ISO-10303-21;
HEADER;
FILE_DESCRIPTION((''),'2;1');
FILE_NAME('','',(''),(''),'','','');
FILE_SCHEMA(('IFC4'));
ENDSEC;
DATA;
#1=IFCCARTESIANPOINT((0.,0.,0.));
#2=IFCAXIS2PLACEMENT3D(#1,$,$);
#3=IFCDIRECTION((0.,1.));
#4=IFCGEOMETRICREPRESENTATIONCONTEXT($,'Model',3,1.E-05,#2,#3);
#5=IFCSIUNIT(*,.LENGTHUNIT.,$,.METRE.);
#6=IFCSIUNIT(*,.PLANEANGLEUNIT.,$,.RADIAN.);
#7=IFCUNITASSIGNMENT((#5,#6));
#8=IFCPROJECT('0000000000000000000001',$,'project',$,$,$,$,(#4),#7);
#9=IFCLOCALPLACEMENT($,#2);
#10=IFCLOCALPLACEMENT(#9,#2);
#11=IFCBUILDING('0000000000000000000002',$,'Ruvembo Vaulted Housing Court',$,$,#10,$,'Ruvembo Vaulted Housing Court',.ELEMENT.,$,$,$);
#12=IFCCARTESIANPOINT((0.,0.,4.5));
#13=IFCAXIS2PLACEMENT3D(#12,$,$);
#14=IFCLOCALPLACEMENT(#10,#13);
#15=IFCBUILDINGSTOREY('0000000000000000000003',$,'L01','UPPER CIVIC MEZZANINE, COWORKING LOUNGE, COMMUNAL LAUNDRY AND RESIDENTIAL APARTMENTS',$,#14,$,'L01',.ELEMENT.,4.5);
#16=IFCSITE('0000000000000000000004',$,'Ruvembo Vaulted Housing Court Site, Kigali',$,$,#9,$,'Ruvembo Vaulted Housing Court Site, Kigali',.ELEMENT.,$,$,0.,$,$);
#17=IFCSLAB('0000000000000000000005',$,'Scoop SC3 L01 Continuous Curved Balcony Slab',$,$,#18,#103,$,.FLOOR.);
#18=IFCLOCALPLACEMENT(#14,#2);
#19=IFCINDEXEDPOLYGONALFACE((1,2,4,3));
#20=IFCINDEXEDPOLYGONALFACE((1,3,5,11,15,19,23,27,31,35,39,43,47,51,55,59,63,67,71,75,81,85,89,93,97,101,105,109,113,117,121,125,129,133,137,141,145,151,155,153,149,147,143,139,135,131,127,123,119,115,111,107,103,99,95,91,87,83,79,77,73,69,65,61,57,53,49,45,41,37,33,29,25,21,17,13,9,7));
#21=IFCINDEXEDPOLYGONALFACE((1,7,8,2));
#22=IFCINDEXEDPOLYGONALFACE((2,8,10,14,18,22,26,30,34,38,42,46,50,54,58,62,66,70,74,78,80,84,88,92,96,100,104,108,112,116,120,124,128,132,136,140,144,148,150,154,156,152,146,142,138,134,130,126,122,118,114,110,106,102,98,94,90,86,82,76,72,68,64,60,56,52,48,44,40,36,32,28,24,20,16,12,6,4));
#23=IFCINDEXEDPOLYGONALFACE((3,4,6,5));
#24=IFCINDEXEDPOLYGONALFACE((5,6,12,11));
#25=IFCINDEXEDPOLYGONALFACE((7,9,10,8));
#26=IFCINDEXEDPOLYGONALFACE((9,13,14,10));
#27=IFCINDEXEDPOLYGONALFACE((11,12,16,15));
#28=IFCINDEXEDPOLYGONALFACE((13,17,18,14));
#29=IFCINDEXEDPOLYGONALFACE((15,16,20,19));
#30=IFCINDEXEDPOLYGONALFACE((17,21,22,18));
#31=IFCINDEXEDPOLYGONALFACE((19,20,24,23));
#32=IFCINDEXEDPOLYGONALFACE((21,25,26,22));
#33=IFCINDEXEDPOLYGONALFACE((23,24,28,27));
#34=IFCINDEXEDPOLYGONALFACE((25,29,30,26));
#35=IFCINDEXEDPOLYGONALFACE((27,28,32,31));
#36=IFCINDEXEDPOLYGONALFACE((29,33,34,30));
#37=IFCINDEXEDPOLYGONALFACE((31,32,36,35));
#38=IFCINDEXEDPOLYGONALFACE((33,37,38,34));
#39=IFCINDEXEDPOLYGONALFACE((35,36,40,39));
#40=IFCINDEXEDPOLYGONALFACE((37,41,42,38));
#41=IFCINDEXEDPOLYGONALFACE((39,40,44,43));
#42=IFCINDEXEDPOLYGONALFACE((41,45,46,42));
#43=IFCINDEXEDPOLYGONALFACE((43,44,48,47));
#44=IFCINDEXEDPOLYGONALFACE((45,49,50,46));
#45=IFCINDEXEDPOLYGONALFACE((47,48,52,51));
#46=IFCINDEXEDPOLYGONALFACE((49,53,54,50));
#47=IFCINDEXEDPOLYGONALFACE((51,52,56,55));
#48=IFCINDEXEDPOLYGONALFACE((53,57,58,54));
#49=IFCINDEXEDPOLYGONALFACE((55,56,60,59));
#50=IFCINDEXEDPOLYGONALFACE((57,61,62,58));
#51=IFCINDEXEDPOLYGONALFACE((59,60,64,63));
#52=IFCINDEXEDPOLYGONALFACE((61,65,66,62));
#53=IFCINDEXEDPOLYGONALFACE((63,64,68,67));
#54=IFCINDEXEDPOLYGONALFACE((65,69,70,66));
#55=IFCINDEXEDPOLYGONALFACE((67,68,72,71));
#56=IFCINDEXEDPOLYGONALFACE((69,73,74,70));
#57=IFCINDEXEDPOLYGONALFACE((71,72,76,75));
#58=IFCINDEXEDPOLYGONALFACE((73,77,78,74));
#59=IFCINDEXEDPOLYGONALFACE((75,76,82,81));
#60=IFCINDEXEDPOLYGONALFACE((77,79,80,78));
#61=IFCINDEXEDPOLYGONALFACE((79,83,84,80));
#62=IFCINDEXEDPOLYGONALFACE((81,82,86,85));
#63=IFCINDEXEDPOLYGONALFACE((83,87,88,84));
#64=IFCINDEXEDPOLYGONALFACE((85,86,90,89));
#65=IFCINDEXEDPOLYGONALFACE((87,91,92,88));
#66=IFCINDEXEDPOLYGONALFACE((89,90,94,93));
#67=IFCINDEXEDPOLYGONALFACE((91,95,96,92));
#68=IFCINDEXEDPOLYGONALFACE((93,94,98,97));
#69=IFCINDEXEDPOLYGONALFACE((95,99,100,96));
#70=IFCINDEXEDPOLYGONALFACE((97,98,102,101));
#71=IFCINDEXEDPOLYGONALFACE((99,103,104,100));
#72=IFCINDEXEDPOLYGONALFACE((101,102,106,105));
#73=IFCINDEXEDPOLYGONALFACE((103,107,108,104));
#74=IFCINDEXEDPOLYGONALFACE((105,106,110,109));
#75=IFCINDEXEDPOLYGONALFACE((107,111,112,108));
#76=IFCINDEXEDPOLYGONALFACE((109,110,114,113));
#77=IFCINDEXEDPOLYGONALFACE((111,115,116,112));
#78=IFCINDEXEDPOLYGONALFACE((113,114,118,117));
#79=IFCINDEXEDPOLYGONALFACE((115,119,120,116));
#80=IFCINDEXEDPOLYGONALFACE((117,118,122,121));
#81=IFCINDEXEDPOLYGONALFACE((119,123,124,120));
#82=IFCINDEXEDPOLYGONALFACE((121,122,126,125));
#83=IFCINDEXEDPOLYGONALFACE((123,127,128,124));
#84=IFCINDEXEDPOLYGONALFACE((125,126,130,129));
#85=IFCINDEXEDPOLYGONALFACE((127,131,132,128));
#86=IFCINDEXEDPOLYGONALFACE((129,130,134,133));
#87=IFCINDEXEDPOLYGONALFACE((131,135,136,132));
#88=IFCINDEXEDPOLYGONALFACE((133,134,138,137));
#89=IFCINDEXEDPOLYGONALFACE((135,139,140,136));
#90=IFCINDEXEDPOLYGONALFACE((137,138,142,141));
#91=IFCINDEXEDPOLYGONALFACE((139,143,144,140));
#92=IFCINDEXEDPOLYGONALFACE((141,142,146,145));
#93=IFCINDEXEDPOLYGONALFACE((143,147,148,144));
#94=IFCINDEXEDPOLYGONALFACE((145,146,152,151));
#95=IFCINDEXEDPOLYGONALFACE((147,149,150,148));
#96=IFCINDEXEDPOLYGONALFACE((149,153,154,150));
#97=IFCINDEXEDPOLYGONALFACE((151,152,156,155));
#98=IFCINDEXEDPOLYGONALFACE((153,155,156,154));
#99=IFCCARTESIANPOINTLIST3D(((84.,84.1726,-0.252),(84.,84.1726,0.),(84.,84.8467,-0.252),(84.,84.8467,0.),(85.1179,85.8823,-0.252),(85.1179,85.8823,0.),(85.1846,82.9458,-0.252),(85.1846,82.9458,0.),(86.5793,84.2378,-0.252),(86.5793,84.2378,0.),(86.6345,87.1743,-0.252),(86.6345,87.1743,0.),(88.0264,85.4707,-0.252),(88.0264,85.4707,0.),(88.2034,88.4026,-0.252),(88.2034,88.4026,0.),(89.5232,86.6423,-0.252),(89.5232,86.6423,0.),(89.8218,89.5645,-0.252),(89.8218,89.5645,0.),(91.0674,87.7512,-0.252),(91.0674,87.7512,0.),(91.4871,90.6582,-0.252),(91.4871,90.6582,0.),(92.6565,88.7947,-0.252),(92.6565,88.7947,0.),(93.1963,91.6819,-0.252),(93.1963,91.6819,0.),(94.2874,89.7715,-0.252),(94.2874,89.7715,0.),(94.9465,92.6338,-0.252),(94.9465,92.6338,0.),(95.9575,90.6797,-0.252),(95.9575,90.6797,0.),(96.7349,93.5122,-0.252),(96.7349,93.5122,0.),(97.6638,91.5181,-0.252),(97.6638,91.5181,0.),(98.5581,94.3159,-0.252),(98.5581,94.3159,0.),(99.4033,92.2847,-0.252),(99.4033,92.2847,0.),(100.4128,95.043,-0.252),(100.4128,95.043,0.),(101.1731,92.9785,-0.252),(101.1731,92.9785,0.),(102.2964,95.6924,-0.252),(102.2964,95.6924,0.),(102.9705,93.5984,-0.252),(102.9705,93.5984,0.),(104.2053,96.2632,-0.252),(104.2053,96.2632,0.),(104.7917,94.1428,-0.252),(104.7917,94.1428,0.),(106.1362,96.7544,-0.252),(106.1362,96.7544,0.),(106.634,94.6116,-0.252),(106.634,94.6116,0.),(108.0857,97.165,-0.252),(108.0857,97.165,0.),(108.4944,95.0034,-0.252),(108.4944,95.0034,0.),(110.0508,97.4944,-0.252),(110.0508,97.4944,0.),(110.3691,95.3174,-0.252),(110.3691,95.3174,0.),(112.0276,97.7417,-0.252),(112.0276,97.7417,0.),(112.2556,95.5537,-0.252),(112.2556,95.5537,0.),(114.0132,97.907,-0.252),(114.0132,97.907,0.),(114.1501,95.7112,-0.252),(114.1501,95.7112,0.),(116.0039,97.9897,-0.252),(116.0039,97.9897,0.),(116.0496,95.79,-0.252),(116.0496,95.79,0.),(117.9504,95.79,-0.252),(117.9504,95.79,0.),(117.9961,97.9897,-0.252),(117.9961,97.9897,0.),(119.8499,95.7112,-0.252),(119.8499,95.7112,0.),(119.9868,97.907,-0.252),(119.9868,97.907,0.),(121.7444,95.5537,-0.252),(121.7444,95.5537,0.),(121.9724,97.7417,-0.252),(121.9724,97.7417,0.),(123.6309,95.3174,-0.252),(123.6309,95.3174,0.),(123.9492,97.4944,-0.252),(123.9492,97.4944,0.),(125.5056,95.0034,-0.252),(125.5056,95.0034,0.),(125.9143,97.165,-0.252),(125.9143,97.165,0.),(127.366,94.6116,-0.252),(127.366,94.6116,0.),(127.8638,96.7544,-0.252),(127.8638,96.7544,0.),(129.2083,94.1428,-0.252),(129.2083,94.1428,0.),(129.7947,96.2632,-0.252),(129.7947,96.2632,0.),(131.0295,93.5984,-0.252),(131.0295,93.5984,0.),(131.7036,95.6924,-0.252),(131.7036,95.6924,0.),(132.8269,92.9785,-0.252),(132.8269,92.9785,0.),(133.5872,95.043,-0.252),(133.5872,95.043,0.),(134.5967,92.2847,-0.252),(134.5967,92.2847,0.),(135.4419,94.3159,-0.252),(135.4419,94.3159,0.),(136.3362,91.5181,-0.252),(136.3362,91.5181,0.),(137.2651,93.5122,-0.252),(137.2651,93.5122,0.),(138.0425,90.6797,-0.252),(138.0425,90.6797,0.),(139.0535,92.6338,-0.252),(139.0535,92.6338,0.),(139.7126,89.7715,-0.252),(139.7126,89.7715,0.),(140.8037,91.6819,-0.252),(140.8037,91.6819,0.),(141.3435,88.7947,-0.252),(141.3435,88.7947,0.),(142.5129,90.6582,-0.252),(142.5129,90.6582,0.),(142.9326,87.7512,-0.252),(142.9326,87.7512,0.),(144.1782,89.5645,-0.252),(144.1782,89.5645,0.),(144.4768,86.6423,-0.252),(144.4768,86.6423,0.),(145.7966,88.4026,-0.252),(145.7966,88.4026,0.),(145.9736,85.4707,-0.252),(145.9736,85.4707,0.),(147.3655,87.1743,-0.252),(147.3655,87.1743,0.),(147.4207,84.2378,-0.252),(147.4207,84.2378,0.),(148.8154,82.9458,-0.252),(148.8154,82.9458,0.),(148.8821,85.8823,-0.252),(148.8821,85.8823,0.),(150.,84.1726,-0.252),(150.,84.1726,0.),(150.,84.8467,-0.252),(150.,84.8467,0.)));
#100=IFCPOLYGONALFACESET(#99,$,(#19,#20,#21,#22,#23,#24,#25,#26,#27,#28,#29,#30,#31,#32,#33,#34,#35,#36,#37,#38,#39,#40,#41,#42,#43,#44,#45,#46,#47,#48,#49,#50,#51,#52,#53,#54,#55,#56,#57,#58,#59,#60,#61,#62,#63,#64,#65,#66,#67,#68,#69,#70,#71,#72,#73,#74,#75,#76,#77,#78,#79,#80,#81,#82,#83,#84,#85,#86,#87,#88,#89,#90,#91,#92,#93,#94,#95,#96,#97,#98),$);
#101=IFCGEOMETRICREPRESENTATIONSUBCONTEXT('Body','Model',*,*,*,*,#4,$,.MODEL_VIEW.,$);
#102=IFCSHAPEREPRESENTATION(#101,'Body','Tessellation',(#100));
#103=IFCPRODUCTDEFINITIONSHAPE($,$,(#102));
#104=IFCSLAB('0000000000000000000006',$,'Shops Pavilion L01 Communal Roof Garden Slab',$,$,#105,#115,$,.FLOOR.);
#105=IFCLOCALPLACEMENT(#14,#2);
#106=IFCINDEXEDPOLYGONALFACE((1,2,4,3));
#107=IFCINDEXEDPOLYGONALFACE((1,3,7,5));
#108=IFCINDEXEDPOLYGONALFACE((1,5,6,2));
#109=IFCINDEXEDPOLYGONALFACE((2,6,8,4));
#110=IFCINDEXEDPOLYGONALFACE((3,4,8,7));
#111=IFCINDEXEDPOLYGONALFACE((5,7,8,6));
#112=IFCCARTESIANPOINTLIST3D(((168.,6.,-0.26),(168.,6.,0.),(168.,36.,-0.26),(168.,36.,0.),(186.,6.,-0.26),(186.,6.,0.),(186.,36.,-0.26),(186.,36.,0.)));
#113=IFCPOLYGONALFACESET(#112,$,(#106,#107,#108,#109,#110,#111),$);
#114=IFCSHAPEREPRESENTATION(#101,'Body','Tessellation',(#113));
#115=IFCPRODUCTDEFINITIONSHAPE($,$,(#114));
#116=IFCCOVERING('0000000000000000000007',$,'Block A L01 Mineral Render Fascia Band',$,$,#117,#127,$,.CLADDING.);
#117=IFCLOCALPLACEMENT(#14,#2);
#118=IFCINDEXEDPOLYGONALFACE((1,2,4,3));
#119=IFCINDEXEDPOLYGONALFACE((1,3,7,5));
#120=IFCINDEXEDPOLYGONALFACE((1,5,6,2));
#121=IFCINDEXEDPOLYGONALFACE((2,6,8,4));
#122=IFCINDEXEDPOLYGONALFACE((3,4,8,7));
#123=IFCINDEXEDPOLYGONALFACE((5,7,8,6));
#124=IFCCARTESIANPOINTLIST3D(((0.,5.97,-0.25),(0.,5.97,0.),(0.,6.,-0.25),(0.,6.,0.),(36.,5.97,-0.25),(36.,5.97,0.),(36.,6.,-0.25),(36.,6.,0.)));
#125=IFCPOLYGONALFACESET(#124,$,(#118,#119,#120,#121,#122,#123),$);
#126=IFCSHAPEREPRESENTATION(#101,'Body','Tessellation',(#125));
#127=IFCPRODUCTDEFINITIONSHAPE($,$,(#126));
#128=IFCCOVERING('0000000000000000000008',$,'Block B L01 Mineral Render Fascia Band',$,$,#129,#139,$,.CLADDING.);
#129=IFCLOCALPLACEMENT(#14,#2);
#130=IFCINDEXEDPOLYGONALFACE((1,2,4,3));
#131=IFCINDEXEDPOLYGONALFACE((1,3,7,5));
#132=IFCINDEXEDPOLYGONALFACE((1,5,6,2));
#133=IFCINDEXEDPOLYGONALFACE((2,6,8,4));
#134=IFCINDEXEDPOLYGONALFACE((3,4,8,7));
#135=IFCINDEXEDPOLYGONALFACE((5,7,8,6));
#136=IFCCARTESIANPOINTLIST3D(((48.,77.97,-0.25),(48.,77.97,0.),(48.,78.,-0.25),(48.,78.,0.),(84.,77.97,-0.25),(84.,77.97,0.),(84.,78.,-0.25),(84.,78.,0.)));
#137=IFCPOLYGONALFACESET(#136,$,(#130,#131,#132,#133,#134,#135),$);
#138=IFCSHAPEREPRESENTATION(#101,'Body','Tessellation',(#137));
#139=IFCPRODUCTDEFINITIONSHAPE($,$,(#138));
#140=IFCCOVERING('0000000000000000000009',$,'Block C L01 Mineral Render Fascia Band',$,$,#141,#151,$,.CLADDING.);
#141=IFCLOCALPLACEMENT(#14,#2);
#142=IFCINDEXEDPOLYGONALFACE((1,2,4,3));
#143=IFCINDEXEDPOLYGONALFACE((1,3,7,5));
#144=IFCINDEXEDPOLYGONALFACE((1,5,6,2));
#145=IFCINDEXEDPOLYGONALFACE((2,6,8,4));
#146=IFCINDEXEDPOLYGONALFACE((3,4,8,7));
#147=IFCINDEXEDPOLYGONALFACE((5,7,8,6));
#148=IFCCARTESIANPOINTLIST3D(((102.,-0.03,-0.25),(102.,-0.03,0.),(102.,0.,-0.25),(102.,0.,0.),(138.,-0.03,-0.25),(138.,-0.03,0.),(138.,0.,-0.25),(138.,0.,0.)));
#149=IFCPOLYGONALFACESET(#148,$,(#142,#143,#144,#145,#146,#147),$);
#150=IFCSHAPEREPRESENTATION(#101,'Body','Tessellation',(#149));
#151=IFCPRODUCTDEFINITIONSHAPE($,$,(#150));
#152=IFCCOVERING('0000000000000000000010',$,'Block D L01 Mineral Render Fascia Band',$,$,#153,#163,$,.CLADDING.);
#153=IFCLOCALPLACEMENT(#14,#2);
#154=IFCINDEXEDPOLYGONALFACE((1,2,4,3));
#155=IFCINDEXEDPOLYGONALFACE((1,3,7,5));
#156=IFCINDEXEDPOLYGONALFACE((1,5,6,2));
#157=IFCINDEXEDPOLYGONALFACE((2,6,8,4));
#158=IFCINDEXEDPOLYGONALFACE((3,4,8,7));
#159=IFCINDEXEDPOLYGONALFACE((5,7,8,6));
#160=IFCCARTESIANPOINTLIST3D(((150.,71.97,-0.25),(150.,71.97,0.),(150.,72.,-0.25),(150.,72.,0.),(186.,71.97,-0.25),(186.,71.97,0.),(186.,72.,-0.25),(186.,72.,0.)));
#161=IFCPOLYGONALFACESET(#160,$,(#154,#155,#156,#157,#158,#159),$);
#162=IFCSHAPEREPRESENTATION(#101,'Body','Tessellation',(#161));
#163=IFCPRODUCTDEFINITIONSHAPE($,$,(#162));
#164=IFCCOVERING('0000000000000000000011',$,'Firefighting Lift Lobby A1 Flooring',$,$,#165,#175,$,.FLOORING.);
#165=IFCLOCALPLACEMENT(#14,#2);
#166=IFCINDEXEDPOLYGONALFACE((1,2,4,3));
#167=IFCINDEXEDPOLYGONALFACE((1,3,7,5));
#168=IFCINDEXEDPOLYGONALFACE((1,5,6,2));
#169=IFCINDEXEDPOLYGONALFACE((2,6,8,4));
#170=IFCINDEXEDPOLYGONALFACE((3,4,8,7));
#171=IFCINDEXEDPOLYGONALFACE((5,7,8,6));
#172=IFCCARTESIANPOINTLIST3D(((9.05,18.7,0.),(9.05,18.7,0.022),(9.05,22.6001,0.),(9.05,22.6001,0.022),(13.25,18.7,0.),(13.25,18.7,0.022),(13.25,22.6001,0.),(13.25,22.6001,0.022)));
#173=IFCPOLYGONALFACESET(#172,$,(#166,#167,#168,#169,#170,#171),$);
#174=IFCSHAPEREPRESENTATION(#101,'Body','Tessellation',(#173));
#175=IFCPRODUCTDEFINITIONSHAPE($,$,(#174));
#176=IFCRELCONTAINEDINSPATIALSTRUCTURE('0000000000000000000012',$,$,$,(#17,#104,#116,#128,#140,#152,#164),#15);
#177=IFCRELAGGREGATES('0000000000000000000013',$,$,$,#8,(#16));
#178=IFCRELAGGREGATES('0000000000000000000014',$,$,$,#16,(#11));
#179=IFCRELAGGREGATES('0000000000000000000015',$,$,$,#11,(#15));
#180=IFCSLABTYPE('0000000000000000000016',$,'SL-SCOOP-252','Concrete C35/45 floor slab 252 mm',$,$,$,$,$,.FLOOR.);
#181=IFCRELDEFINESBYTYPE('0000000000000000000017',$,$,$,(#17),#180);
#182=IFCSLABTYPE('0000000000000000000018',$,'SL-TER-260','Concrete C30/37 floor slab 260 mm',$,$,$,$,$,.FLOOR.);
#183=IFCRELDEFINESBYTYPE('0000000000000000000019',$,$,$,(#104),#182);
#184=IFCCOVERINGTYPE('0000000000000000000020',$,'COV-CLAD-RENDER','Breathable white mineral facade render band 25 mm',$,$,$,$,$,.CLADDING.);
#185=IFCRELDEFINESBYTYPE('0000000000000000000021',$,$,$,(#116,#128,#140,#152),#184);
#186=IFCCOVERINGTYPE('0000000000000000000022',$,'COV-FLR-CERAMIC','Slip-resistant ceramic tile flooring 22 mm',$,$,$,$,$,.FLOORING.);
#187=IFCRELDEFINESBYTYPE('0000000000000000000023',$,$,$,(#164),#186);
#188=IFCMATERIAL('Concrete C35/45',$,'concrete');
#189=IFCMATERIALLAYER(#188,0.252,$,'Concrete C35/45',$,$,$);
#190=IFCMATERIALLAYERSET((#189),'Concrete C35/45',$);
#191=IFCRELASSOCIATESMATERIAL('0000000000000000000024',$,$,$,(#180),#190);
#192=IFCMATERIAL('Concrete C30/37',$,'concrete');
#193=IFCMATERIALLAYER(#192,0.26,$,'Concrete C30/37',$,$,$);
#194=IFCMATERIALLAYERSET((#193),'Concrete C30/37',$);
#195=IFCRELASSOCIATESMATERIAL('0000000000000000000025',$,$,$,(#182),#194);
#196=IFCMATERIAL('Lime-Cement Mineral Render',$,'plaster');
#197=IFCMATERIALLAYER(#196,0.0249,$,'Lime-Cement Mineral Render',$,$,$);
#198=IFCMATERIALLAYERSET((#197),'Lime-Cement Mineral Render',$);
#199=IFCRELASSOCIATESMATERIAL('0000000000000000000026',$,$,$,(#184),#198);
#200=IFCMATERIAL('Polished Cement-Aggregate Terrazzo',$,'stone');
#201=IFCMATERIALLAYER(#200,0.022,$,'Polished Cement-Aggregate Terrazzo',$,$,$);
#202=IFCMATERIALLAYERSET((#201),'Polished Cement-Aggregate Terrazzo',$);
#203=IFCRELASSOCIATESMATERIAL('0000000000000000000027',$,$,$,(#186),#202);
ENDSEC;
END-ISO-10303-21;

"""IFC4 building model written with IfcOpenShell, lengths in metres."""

from ifc_helpers import new_model, si_unit, direction, frame, origin, place, context, subcontext, project, spatial, polyline, outline, extrude, material, layer, layer_set, type_object, element, save


model = new_model("IFC4")

# Units and contexts
model_context = context("Model", 3, precision=1e-05, world=origin(), true_north=direction((0.0, 1.0)))
body_context = subcontext(model_context, "Body", "Model", "MODEL_VIEW")
ifc_project = project(units=[si_unit("LENGTHUNIT", "METRE"), si_unit("PLANEANGLEUNIT", "RADIAN")], contexts=[model_context])

# Site, building, storey
site_placement = place(None, origin())
site = spatial("IfcSite", under=ifc_project, at=site_placement, Name="Ruvembo Vaulted Housing Court Site, Kigali", LongName="Ruvembo Vaulted Housing Court Site, Kigali", CompositionType="ELEMENT", RefElevation=0.0)
building_placement = place(site_placement, origin())
building = spatial("IfcBuilding", under=site, at=building_placement, Name="Ruvembo Vaulted Housing Court", LongName="Ruvembo Vaulted Housing Court", CompositionType="ELEMENT")
storey_placement = place(building_placement, frame((0.0, 0.0, 4.5)))
storey = spatial("IfcBuildingStorey", under=building, at=storey_placement, Name="L01", Description="UPPER CIVIC MEZZANINE, COWORKING LOUNGE, COMMUNAL LAUNDRY AND RESIDENTIAL APARTMENTS", LongName="L01", CompositionType="ELEMENT", Elevation=4.5)

# Slabs
ifc_material_1 = material(Name="Concrete C30/37", Category="concrete")
ifc_material_2 = material(Name="Concrete C35/45", Category="concrete")
ifc_layer_1 = layer(ifc_material_2, 0.252, Name="Concrete C35/45")
ifc_layer_set_1 = layer_set([ifc_layer_1], Name="Concrete C35/45")
slab_type_1 = type_object("IfcSlabType", Name="SL-SCOOP-252", Description="Concrete C35/45 floor slab 252 mm", PredefinedType="FLOOR", material=ifc_layer_set_1)
slab_1_placement = place(storey_placement, frame((0.0, 0.0, -0.252)))
element("IfcSlab", 1, at=slab_1_placement, inside=storey, type_object=slab_type_1, Name="Scoop SC3 L01 Continuous Curved Balcony Slab", PredefinedType="FLOOR", context=body_context, shape_type="SweptSolid", body=[
    extrude(outline(polyline([(150.0, 84.1726), (150.0, 84.8467), (148.8821, 85.8823), (147.3655, 87.1743), (145.7966, 88.4026), (144.1782, 89.5645), (142.5129, 90.6582), (140.8037, 91.6819), (139.0535, 92.6338), (137.2651, 93.5122), (135.4419, 94.3159), (133.5872, 95.043), (131.7036, 95.6924), (129.7947, 96.2632), (127.8638, 96.7544), (125.9143, 97.165), (123.9492, 97.4944), (121.9724, 97.7417), (119.9868, 97.907), (117.9961, 97.9897), (116.0039, 97.9897), (114.0132, 97.907), (112.0276, 97.7417), (110.0508, 97.4944), (108.0857, 97.165), (106.1362, 96.7544), (104.2053, 96.2632), (102.2964, 95.6924), (100.4128, 95.043), (98.5581, 94.3159), (96.7349, 93.5122), (94.9465, 92.6338), (93.1963, 91.6819), (91.4871, 90.6582), (89.8218, 89.5645), (88.2034, 88.4026), (86.6345, 87.1743), (85.1179, 85.8823), (84.0, 84.8467), (84.0, 84.1726), (85.1846, 82.9458), (86.5793, 84.2378), (88.0264, 85.4707), (89.5232, 86.6423), (91.0674, 87.7512), (92.6565, 88.7947), (94.2874, 89.7715), (95.9575, 90.6797), (97.6638, 91.5181), (99.4033, 92.2847), (101.1731, 92.9785), (102.9705, 93.5984), (104.7917, 94.1428), (106.634, 94.6116), (108.4944, 95.0034), (110.3691, 95.3174), (112.2556, 95.5537), (114.1501, 95.7112), (116.0496, 95.79), (117.9504, 95.79), (119.8499, 95.7112), (121.7444, 95.5537), (123.6309, 95.3174), (125.5056, 95.0034), (127.366, 94.6116), (129.2083, 94.1428), (131.0295, 93.5984), (132.8269, 92.9785), (134.5967, 92.2847), (136.3362, 91.5181), (138.0425, 90.6797), (139.7126, 89.7715), (141.3435, 88.7947), (142.9326, 87.7512), (144.4768, 86.6423), (145.9736, 85.4707), (147.4207, 84.2378), (148.8154, 82.9458), (150.0, 84.1726)])), origin(), (0.0, 0.0, 1.0), 0.252),
])
ifc_layer_2 = layer(ifc_material_1, 0.26, Name="Concrete C30/37")
ifc_layer_set_2 = layer_set([ifc_layer_2], Name="Concrete C30/37")
slab_type_2 = type_object("IfcSlabType", Name="SL-TER-260", Description="Concrete C30/37 floor slab 260 mm", PredefinedType="FLOOR", material=ifc_layer_set_2)
slab_2_placement = place(storey_placement, frame((0.0, 0.0, -0.26)))
element("IfcSlab", 2, at=slab_2_placement, inside=storey, type_object=slab_type_2, Name="Shops Pavilion L01 Communal Roof Garden Slab", PredefinedType="FLOOR", context=body_context, shape_type="SweptSolid", body=[
    extrude(outline(polyline([(168.0, 6.0), (186.0, 6.0), (186.0, 36.0), (168.0, 36.0), (168.0, 6.0)])), origin(), (0.0, 0.0, 1.0), 0.26),
])

# Coverings
ifc_material_3 = material(Name="Lime-Cement Mineral Render", Category="plaster")
ifc_layer_3 = layer(ifc_material_3, 0.0249, Name="Lime-Cement Mineral Render")
ifc_layer_set_3 = layer_set([ifc_layer_3], Name="Lime-Cement Mineral Render")
covering_type_1 = type_object("IfcCoveringType", Name="COV-CLAD-RENDER", Description="Breathable white mineral facade render band 25 mm", PredefinedType="CLADDING", material=ifc_layer_set_3)
covering_1_placement = place(storey_placement, frame((0.0, 0.0, -0.25)))
element("IfcCovering", 3, at=covering_1_placement, inside=storey, type_object=covering_type_1, Name="Block A L01 Mineral Render Fascia Band", PredefinedType="CLADDING", context=body_context, shape_type="SweptSolid", body=[
    extrude(outline(polyline([(0.0, 5.97), (36.0, 5.97), (36.0, 6.0), (0.0, 6.0), (0.0, 5.97)])), origin(), (0.0, 0.0, 1.0), 0.25),
])
covering_2_placement = place(storey_placement, frame((0.0, 0.0, -0.25)))
element("IfcCovering", 4, at=covering_2_placement, inside=storey, type_object=covering_type_1, Name="Block B L01 Mineral Render Fascia Band", PredefinedType="CLADDING", context=body_context, shape_type="SweptSolid", body=[
    extrude(outline(polyline([(48.0, 77.97), (84.0, 77.97), (84.0, 78.0), (48.0, 78.0), (48.0, 77.97)])), origin(), (0.0, 0.0, 1.0), 0.25),
])
covering_3_placement = place(storey_placement, frame((0.0, 0.0, -0.25)))
element("IfcCovering", 5, at=covering_3_placement, inside=storey, type_object=covering_type_1, Name="Block C L01 Mineral Render Fascia Band", PredefinedType="CLADDING", context=body_context, shape_type="SweptSolid", body=[
    extrude(outline(polyline([(102.0, -0.03), (138.0, -0.03), (138.0, 0.0), (102.0, 0.0), (102.0, -0.03)])), origin(), (0.0, 0.0, 1.0), 0.25),
])
covering_4_placement = place(storey_placement, frame((0.0, 0.0, -0.25)))
element("IfcCovering", 6, at=covering_4_placement, inside=storey, type_object=covering_type_1, Name="Block D L01 Mineral Render Fascia Band", PredefinedType="CLADDING", context=body_context, shape_type="SweptSolid", body=[
    extrude(outline(polyline([(150.0, 71.97), (186.0, 71.97), (186.0, 72.0), (150.0, 72.0), (150.0, 71.97)])), origin(), (0.0, 0.0, 1.0), 0.25),
])
ifc_material_4 = material(Name="Polished Cement-Aggregate Terrazzo", Category="stone")
ifc_layer_4 = layer(ifc_material_4, 0.022, Name="Polished Cement-Aggregate Terrazzo")
ifc_layer_set_4 = layer_set([ifc_layer_4], Name="Polished Cement-Aggregate Terrazzo")
covering_type_2 = type_object("IfcCoveringType", Name="COV-FLR-CERAMIC", Description="Slip-resistant ceramic tile flooring 22 mm", PredefinedType="FLOORING", material=ifc_layer_set_4)
covering_5_placement = place(storey_placement, origin())
element("IfcCovering", 7, at=covering_5_placement, inside=storey, type_object=covering_type_2, Name="Firefighting Lift Lobby A1 Flooring", PredefinedType="FLOORING", context=body_context, shape_type="SweptSolid", body=[
    extrude(outline(polyline([(9.05, 22.6001), (9.05, 18.7), (13.25, 18.7), (13.25, 22.6001), (9.05, 22.6001)])), origin(), (0.0, 0.0, 1.0), 0.022),
])

save(model, "model.ifc")
